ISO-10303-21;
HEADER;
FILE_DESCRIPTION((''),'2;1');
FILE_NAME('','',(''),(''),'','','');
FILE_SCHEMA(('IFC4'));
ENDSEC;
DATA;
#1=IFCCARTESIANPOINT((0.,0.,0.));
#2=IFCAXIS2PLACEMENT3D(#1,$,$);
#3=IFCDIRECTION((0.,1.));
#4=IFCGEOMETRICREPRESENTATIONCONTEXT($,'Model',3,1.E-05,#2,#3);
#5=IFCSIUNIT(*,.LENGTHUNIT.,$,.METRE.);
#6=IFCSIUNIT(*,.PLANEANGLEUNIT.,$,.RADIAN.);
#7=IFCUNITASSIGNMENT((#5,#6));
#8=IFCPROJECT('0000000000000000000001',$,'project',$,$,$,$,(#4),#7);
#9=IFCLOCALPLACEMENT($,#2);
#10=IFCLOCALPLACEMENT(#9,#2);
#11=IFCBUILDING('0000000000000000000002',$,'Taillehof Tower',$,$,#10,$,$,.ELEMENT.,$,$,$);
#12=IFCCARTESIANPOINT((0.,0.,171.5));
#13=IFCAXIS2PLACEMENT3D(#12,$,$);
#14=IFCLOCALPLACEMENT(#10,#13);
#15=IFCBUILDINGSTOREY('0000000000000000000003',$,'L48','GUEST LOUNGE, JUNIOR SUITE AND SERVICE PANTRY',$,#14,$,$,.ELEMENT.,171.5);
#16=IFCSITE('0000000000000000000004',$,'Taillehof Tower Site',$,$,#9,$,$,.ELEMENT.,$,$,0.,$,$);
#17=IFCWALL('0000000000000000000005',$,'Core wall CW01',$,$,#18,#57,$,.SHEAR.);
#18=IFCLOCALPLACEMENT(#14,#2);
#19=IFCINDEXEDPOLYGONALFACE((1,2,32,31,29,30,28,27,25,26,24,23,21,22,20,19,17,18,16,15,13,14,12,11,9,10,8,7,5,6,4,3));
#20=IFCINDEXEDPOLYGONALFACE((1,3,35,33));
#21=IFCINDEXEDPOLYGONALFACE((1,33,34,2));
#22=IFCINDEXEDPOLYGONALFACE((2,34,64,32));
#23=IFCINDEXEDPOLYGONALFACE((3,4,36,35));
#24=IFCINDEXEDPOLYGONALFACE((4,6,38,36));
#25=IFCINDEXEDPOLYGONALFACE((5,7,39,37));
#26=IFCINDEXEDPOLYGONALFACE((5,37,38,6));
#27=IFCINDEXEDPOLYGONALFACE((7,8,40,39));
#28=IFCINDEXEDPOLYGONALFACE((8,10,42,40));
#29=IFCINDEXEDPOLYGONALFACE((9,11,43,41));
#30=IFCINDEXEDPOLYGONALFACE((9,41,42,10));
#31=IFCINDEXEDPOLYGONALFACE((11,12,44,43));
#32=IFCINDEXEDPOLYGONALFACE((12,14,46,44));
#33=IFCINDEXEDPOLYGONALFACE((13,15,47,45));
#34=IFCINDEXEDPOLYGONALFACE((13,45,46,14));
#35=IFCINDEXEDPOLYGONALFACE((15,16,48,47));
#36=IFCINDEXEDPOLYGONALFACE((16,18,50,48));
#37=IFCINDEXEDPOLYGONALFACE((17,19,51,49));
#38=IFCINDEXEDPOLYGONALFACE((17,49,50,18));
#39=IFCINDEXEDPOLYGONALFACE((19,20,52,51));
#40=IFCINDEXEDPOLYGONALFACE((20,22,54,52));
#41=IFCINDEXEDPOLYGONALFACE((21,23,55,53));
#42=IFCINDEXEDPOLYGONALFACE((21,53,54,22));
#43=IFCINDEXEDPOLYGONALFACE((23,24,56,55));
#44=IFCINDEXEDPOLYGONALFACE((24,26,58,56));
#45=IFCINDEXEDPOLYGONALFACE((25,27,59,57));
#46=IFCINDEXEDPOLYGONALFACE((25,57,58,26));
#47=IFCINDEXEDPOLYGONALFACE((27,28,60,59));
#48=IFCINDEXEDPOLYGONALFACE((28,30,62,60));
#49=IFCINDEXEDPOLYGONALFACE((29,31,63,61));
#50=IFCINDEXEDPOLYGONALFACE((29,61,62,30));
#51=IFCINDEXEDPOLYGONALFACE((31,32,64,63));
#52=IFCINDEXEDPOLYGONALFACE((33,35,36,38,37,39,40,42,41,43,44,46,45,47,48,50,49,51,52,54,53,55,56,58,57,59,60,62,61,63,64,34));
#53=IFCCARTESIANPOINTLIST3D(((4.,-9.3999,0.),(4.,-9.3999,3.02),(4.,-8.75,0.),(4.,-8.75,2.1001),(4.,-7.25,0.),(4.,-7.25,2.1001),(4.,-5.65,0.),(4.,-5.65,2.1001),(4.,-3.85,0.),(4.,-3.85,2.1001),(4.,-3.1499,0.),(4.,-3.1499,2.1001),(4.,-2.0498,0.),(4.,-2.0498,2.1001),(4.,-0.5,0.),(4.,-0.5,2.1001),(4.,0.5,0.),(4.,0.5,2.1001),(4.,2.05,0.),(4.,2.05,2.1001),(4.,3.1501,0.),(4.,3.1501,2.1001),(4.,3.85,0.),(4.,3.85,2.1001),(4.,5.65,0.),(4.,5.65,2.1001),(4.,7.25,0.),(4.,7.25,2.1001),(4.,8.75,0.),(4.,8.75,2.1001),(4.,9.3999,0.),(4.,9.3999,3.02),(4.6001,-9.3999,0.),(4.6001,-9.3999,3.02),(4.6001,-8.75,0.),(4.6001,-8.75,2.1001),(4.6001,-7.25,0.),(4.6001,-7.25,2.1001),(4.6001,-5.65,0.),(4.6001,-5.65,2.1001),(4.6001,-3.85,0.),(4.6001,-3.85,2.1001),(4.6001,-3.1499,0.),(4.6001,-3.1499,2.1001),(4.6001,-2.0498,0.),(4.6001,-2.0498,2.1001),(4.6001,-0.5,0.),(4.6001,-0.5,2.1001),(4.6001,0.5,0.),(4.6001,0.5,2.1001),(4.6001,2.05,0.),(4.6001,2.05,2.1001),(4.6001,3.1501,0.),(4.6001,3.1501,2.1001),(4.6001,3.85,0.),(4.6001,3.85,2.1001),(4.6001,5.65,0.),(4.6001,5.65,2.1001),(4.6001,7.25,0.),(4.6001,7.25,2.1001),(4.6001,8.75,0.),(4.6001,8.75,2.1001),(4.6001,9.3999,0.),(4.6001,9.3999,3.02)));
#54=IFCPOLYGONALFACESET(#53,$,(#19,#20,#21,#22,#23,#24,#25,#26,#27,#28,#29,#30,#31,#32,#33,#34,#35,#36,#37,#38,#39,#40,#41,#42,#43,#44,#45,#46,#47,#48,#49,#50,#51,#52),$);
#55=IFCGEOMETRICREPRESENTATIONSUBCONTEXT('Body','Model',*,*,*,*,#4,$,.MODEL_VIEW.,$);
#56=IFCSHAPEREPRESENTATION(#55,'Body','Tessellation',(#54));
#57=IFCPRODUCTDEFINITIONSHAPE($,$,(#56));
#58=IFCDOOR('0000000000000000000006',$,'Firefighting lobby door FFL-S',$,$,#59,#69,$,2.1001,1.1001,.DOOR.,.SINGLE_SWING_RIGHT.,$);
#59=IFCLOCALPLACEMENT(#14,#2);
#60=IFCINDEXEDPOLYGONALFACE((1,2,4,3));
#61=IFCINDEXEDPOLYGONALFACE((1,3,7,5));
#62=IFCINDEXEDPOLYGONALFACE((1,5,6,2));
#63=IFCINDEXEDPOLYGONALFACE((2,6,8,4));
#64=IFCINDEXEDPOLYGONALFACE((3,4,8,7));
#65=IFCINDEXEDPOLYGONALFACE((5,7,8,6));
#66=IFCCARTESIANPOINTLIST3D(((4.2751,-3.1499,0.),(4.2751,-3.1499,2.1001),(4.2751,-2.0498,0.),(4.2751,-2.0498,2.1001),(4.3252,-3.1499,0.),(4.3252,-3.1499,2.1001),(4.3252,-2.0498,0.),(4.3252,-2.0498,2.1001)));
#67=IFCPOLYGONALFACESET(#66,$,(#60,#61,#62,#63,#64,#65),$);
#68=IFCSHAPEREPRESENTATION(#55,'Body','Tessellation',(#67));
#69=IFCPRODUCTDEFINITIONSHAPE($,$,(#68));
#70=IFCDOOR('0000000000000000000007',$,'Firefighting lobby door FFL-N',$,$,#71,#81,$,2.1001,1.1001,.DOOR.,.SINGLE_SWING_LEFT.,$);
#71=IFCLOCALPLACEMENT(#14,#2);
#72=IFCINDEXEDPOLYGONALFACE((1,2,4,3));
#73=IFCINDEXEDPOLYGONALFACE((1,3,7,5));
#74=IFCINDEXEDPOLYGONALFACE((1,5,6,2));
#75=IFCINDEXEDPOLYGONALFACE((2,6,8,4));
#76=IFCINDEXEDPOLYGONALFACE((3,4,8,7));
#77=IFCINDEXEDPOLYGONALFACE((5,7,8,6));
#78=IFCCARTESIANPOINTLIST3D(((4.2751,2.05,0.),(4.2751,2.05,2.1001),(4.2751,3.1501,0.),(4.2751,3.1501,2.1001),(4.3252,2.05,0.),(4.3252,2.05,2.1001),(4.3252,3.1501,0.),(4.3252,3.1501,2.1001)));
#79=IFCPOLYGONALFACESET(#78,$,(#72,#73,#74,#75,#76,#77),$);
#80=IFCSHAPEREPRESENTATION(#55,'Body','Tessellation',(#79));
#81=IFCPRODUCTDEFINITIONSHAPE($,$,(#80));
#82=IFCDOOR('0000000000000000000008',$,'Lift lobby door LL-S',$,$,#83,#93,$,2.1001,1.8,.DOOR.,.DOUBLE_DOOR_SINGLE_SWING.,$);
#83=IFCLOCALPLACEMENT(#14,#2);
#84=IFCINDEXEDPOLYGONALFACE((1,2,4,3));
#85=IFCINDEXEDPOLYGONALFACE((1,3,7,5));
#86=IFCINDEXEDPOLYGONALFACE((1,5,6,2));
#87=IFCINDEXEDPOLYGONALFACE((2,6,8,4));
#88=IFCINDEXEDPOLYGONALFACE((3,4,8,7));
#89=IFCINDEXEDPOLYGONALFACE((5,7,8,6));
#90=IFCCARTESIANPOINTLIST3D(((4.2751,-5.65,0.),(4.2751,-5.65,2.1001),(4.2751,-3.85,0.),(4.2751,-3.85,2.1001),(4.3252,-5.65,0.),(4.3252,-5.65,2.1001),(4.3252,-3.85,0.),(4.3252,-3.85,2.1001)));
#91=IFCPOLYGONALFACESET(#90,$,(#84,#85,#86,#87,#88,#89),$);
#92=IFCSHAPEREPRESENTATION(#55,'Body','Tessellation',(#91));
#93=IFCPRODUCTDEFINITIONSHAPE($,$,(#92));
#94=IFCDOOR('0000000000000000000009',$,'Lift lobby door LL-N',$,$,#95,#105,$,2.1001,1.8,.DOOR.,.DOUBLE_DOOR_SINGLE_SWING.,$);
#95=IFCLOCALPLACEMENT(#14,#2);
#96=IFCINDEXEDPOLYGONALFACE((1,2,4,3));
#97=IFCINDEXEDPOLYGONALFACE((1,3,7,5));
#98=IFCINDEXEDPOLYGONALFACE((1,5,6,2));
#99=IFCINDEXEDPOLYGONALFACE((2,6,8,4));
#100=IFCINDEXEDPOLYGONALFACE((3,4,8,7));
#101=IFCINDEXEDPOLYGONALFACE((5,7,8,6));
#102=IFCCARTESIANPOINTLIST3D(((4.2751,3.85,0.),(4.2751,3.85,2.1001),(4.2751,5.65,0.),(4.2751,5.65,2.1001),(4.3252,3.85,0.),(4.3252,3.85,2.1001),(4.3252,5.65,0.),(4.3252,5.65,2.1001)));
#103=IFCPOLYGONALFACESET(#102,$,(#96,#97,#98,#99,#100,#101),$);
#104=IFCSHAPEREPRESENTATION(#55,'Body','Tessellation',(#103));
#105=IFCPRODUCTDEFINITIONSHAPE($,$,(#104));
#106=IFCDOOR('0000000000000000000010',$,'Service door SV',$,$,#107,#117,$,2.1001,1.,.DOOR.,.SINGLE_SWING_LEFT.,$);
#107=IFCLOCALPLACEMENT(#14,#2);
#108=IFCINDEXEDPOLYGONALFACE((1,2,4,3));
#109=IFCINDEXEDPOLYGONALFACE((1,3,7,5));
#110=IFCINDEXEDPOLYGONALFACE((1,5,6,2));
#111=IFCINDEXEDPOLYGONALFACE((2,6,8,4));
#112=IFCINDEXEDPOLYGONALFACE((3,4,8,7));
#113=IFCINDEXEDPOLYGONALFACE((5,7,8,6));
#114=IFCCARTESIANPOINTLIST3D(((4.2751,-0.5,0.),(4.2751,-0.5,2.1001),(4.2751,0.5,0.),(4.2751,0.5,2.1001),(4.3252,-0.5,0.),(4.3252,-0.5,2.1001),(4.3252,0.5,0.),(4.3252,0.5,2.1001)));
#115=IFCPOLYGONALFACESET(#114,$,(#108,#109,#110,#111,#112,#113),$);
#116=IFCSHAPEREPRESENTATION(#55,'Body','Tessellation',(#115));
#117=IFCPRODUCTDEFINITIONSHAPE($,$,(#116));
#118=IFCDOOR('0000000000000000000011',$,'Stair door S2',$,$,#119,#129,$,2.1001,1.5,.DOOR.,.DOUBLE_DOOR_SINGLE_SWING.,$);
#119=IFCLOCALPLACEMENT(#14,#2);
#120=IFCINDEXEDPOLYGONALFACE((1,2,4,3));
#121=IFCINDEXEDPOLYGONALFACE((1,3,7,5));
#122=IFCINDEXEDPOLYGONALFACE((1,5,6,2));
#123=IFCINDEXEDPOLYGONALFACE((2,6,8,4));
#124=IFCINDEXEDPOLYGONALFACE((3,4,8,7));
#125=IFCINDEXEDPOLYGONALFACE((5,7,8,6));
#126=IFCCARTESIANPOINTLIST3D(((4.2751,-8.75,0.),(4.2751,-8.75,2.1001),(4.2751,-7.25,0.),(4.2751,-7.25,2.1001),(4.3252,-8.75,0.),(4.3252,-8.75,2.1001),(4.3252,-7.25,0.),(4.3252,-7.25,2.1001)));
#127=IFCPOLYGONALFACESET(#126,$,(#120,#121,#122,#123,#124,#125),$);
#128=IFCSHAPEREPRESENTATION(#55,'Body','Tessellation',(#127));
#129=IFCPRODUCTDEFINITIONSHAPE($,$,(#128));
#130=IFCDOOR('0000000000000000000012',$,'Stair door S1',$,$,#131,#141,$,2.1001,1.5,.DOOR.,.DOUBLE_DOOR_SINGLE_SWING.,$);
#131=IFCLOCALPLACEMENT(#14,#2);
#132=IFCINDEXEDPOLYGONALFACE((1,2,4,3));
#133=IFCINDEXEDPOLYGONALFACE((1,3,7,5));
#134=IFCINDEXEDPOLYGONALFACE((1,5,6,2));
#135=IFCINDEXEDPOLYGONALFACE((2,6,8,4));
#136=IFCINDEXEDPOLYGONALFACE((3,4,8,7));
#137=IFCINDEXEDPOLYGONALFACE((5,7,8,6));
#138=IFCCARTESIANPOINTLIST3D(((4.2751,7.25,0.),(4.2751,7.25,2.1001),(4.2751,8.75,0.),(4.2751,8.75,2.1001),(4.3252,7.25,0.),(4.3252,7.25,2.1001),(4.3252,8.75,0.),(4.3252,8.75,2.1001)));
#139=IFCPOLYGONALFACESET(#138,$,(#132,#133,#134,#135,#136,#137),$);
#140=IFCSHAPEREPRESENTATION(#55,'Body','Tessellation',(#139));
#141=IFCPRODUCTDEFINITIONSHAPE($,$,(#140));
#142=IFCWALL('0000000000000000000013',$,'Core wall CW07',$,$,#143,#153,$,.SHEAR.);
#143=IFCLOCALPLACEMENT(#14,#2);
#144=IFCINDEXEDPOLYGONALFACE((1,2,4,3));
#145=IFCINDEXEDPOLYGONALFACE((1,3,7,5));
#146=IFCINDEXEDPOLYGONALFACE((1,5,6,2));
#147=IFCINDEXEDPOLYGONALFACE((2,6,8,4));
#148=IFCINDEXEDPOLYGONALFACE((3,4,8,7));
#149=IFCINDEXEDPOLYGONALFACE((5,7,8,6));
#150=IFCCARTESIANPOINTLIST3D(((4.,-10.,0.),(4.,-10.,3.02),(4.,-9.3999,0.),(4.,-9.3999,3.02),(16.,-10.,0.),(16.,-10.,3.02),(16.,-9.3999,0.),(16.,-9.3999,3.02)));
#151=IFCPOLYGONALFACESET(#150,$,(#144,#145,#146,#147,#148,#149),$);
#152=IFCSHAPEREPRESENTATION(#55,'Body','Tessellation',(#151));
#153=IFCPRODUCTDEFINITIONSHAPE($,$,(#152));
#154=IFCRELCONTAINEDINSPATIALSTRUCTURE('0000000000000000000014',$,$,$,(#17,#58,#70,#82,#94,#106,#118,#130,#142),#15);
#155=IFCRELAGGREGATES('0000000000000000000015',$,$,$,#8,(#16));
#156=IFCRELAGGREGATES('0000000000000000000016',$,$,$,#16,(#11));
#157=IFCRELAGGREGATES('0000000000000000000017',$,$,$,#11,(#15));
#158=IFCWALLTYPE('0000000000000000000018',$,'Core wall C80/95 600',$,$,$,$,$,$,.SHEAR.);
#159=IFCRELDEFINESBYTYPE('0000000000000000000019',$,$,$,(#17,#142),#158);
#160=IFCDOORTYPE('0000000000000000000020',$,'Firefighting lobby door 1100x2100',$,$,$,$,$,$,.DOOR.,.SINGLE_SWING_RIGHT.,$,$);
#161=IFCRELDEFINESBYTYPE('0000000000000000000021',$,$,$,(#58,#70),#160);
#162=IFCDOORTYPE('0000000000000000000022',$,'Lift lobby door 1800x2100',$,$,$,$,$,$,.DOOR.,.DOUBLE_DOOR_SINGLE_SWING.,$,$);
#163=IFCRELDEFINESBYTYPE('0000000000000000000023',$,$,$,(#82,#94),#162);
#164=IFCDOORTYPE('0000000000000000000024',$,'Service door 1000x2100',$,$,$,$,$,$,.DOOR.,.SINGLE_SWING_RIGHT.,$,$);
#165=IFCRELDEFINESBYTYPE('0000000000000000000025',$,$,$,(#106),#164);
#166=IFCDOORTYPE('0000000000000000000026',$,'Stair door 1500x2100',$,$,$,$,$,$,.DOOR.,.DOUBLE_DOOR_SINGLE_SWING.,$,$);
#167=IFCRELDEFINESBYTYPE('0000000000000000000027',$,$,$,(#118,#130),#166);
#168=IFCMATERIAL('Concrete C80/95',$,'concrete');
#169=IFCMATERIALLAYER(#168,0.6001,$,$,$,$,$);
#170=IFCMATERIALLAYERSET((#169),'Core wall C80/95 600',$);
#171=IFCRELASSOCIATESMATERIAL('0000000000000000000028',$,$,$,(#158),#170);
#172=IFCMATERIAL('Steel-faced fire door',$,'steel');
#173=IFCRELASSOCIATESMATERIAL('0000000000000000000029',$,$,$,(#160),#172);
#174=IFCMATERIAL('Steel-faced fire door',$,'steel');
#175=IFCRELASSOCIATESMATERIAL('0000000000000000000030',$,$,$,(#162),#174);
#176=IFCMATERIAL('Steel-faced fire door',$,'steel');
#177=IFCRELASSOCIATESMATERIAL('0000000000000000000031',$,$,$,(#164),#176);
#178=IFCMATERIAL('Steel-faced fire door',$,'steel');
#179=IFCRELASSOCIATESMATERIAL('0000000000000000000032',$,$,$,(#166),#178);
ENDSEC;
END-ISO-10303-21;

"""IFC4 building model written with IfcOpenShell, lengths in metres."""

from ifc_helpers import new_model, si_unit, direction, frame, frame_2d, origin, place, context, subcontext, project, spatial, rectangle, extrude, material, layer, layer_set, type_object, element, fill, save


model = new_model("IFC4")

# Units and contexts
model_context = context("Model", 3, precision=1e-05, world=origin(), true_north=direction((0.0, 1.0)))
body_context = subcontext(model_context, "Body", "Model", "MODEL_VIEW")
ifc_project = project(units=[si_unit("LENGTHUNIT", "METRE"), si_unit("PLANEANGLEUNIT", "RADIAN")], contexts=[model_context])

# Site, building, storey
site_placement = place(None, origin())
site = spatial("IfcSite", under=ifc_project, at=site_placement, Name="Taillehof Tower Site", CompositionType="ELEMENT", RefElevation=0.0)
building_placement = place(site_placement, origin())
building = spatial("IfcBuilding", under=site, at=building_placement, Name="Taillehof Tower", CompositionType="ELEMENT")
storey_placement = place(building_placement, frame((0.0, 0.0, 171.5)))
storey = spatial("IfcBuildingStorey", under=building, at=storey_placement, Name="L48", Description="GUEST LOUNGE, JUNIOR SUITE AND SERVICE PANTRY", CompositionType="ELEMENT", Elevation=171.5)

# Wall, openings, doors
ifc_material_1 = material(Name="Concrete C80/95", Category="concrete")
ifc_layer_1 = layer(ifc_material_1, 0.6001)
ifc_layer_set_1 = layer_set([ifc_layer_1], Name="Core wall C80/95 600")
wall_type_1 = type_object("IfcWallType", Name="Core wall C80/95 600", PredefinedType="SHEAR", material=ifc_layer_set_1)
wall_1_placement = place(storey_placement, frame((4.3, -9.3999, 0.0), z_axis=(0.0, 0.0, 1.0), x_axis=(0.0, 1.0, 0.0)))
wall_1 = element("IfcWall", 1, at=wall_1_placement, inside=storey, type_object=wall_type_1, Name="Core wall CW01", PredefinedType="SHEAR", context=body_context, shape_type="SweptSolid", body=[
    extrude(rectangle(XDim=18.7998, YDim=0.6001, at=frame_2d((9.3999, 0.0))), origin(), (0.0, 0.0, 1.0), 3.02),
])
opening_1_placement = place(wall_1_placement, frame((0.6499, 0.0, 0.0)))
opening_1 = element("IfcOpeningElement", 2, at=opening_1_placement, cuts=wall_1, PredefinedType="OPENING", context=body_context, shape_type="SweptSolid", body=[
    extrude(rectangle(XDim=1.5, YDim=2.1001, at=frame_2d((0.75, 1.05))), frame((0.0, 0.3101, 0.0), z_axis=(0.0, -1.0, 0.0), x_axis=(1.0, 0.0, 0.0)), (0.0, 0.0, 1.0), 0.6201),
])
opening_2_placement = place(wall_1_placement, frame((3.75, 0.0, 0.0)))
opening_2 = element("IfcOpeningElement", 3, at=opening_2_placement, cuts=wall_1, PredefinedType="OPENING", context=body_context, shape_type="SweptSolid", body=[
    extrude(rectangle(XDim=1.8, YDim=2.1001, at=frame_2d((0.8999, 1.05))), frame((0.0, 0.3101, 0.0), z_axis=(0.0, -1.0, 0.0), x_axis=(1.0, 0.0, 0.0)), (0.0, 0.0, 1.0), 0.6201),
])
opening_3_placement = place(wall_1_placement, frame((6.25, 0.0, 0.0)))
opening_3 = element("IfcOpeningElement", 4, at=opening_3_placement, cuts=wall_1, PredefinedType="OPENING", context=body_context, shape_type="SweptSolid", body=[
    extrude(rectangle(XDim=1.1001, YDim=2.1001, at=frame_2d((0.55, 1.05))), frame((0.0, 0.3101, 0.0), z_axis=(0.0, -1.0, 0.0), x_axis=(1.0, 0.0, 0.0)), (0.0, 0.0, 1.0), 0.6201),
])
opening_4_placement = place(wall_1_placement, frame((8.8999, 0.0, 0.0)))
opening_4 = element("IfcOpeningElement", 5, at=opening_4_placement, cuts=wall_1, PredefinedType="OPENING", context=body_context, shape_type="SweptSolid", body=[
    extrude(rectangle(XDim=1.0, YDim=2.1001, at=frame_2d((0.5, 1.05))), frame((0.0, 0.3101, 0.0), z_axis=(0.0, -1.0, 0.0), x_axis=(1.0, 0.0, 0.0)), (0.0, 0.0, 1.0), 0.6201),
])
opening_5_placement = place(wall_1_placement, frame((11.45, 0.0, 0.0)))
opening_5 = element("IfcOpeningElement", 6, at=opening_5_placement, cuts=wall_1, PredefinedType="OPENING", context=body_context, shape_type="SweptSolid", body=[
    extrude(rectangle(XDim=1.1001, YDim=2.1001, at=frame_2d((0.55, 1.05))), frame((0.0, 0.3101, 0.0), z_axis=(0.0, -1.0, 0.0), x_axis=(1.0, 0.0, 0.0)), (0.0, 0.0, 1.0), 0.6201),
])
opening_6_placement = place(wall_1_placement, frame((13.25, 0.0, 0.0)))
opening_6 = element("IfcOpeningElement", 7, at=opening_6_placement, cuts=wall_1, PredefinedType="OPENING", context=body_context, shape_type="SweptSolid", body=[
    extrude(rectangle(XDim=1.8, YDim=2.1001, at=frame_2d((0.8999, 1.05))), frame((0.0, 0.3101, 0.0), z_axis=(0.0, -1.0, 0.0), x_axis=(1.0, 0.0, 0.0)), (0.0, 0.0, 1.0), 0.6201),
])
opening_7_placement = place(wall_1_placement, frame((16.6499, 0.0, 0.0)))
opening_7 = element("IfcOpeningElement", 8, at=opening_7_placement, cuts=wall_1, PredefinedType="OPENING", context=body_context, shape_type="SweptSolid", body=[
    extrude(rectangle(XDim=1.5, YDim=2.1001, at=frame_2d((0.75, 1.05))), frame((0.0, 0.3101, 0.0), z_axis=(0.0, -1.0, 0.0), x_axis=(1.0, 0.0, 0.0)), (0.0, 0.0, 1.0), 0.6201),
])
ifc_material_2 = material(Name="Steel-faced fire door", Category="steel")
door_type_1 = type_object("IfcDoorType", Name="Firefighting lobby door 1100x2100", OperationType="SINGLE_SWING_RIGHT", PredefinedType="DOOR", material=ifc_material_2)
door_1_placement = place(opening_3_placement, origin())
door_1 = element("IfcDoor", 9, at=door_1_placement, inside=storey, type_object=door_type_1, Name="Firefighting lobby door FFL-S", OperationType="SINGLE_SWING_RIGHT", OverallHeight=2.1001, OverallWidth=1.1001, PredefinedType="DOOR", context=body_context, shape_type="SweptSolid", body=[
    extrude(rectangle(XDim=1.1001, YDim=2.1001, at=frame_2d((0.55, 1.05))), frame((0.0, 0.0249, 0.0), z_axis=(0.0, -1.0, 0.0), x_axis=(1.0, 0.0, 0.0)), (0.0, 0.0, 1.0), 0.05),
])
fill(opening_3, door_1)
door_2_placement = place(opening_5_placement, origin())
door_2 = element("IfcDoor", 10, at=door_2_placement, inside=storey, type_object=door_type_1, Name="Firefighting lobby door FFL-N", OperationType="SINGLE_SWING_LEFT", OverallHeight=2.1001, OverallWidth=1.1001, PredefinedType="DOOR", context=body_context, shape_type="SweptSolid", body=[
    extrude(rectangle(XDim=1.1001, YDim=2.1001, at=frame_2d((0.55, 1.05))), frame((0.0, 0.0249, 0.0), z_axis=(0.0, -1.0, 0.0), x_axis=(1.0, 0.0, 0.0)), (0.0, 0.0, 1.0), 0.05),
])
fill(opening_5, door_2)
ifc_material_3 = material(Name="Steel-faced fire door", Category="steel")
door_type_2 = type_object("IfcDoorType", Name="Lift lobby door 1800x2100", OperationType="DOUBLE_DOOR_SINGLE_SWING", PredefinedType="DOOR", material=ifc_material_3)
door_3_placement = place(opening_2_placement, origin())
door_3 = element("IfcDoor", 11, at=door_3_placement, inside=storey, type_object=door_type_2, Name="Lift lobby door LL-S", OperationType="DOUBLE_DOOR_SINGLE_SWING", OverallHeight=2.1001, OverallWidth=1.8, PredefinedType="DOOR", context=body_context, shape_type="SweptSolid", body=[
    extrude(rectangle(XDim=1.8, YDim=2.1001, at=frame_2d((0.8999, 1.05))), frame((0.0, 0.0249, 0.0), z_axis=(0.0, -1.0, 0.0), x_axis=(1.0, 0.0, 0.0)), (0.0, 0.0, 1.0), 0.05),
])
fill(opening_2, door_3)
door_4_placement = place(opening_6_placement, origin())
door_4 = element("IfcDoor", 12, at=door_4_placement, inside=storey, type_object=door_type_2, Name="Lift lobby door LL-N", OperationType="DOUBLE_DOOR_SINGLE_SWING", OverallHeight=2.1001, OverallWidth=1.8, PredefinedType="DOOR", context=body_context, shape_type="SweptSolid", body=[
    extrude(rectangle(XDim=1.8, YDim=2.1001, at=frame_2d((0.8999, 1.05))), frame((0.0, 0.0249, 0.0), z_axis=(0.0, -1.0, 0.0), x_axis=(1.0, 0.0, 0.0)), (0.0, 0.0, 1.0), 0.05),
])
fill(opening_6, door_4)
ifc_material_4 = material(Name="Steel-faced fire door", Category="steel")
door_type_3 = type_object("IfcDoorType", Name="Service door 1000x2100", OperationType="SINGLE_SWING_RIGHT", PredefinedType="DOOR", material=ifc_material_4)
door_5_placement = place(opening_4_placement, origin())
door_5 = element("IfcDoor", 13, at=door_5_placement, inside=storey, type_object=door_type_3, Name="Service door SV", OperationType="SINGLE_SWING_LEFT", OverallHeight=2.1001, OverallWidth=1.0, PredefinedType="DOOR", context=body_context, shape_type="SweptSolid", body=[
    extrude(rectangle(XDim=1.0, YDim=2.1001, at=frame_2d((0.5, 1.05))), frame((0.0, 0.0249, 0.0), z_axis=(0.0, -1.0, 0.0), x_axis=(1.0, 0.0, 0.0)), (0.0, 0.0, 1.0), 0.05),
])
fill(opening_4, door_5)
ifc_material_5 = material(Name="Steel-faced fire door", Category="steel")
door_type_4 = type_object("IfcDoorType", Name="Stair door 1500x2100", OperationType="DOUBLE_DOOR_SINGLE_SWING", PredefinedType="DOOR", material=ifc_material_5)
door_6_placement = place(opening_1_placement, origin())
door_6 = element("IfcDoor", 14, at=door_6_placement, inside=storey, type_object=door_type_4, Name="Stair door S2", OperationType="DOUBLE_DOOR_SINGLE_SWING", OverallHeight=2.1001, OverallWidth=1.5, PredefinedType="DOOR", context=body_context, shape_type="SweptSolid", body=[
    extrude(rectangle(XDim=1.5, YDim=2.1001, at=frame_2d((0.75, 1.05))), frame((0.0, 0.0249, 0.0), z_axis=(0.0, -1.0, 0.0), x_axis=(1.0, 0.0, 0.0)), (0.0, 0.0, 1.0), 0.05),
])
fill(opening_1, door_6)
door_7_placement = place(opening_7_placement, origin())
door_7 = element("IfcDoor", 15, at=door_7_placement, inside=storey, type_object=door_type_4, Name="Stair door S1", OperationType="DOUBLE_DOOR_SINGLE_SWING", OverallHeight=2.1001, OverallWidth=1.5, PredefinedType="DOOR", context=body_context, shape_type="SweptSolid", body=[
    extrude(rectangle(XDim=1.5, YDim=2.1001, at=frame_2d((0.75, 1.05))), frame((0.0, 0.0249, 0.0), z_axis=(0.0, -1.0, 0.0), x_axis=(1.0, 0.0, 0.0)), (0.0, 0.0, 1.0), 0.05),
])
fill(opening_7, door_7)

# Wall
wall_2_placement = place(storey_placement, frame((4.0, -9.7, 0.0), z_axis=(0.0, 0.0, 1.0), x_axis=(1.0, 0.0, 0.0)))
element("IfcWall", 16, at=wall_2_placement, inside=storey, type_object=wall_type_1, Name="Core wall CW07", PredefinedType="SHEAR", context=body_context, shape_type="SweptSolid", body=[
    extrude(rectangle(XDim=12.0, YDim=0.6001, at=frame_2d((6.0, 0.0))), origin(), (0.0, 0.0, 1.0), 3.02),
])

save(model, "model.ifc")
